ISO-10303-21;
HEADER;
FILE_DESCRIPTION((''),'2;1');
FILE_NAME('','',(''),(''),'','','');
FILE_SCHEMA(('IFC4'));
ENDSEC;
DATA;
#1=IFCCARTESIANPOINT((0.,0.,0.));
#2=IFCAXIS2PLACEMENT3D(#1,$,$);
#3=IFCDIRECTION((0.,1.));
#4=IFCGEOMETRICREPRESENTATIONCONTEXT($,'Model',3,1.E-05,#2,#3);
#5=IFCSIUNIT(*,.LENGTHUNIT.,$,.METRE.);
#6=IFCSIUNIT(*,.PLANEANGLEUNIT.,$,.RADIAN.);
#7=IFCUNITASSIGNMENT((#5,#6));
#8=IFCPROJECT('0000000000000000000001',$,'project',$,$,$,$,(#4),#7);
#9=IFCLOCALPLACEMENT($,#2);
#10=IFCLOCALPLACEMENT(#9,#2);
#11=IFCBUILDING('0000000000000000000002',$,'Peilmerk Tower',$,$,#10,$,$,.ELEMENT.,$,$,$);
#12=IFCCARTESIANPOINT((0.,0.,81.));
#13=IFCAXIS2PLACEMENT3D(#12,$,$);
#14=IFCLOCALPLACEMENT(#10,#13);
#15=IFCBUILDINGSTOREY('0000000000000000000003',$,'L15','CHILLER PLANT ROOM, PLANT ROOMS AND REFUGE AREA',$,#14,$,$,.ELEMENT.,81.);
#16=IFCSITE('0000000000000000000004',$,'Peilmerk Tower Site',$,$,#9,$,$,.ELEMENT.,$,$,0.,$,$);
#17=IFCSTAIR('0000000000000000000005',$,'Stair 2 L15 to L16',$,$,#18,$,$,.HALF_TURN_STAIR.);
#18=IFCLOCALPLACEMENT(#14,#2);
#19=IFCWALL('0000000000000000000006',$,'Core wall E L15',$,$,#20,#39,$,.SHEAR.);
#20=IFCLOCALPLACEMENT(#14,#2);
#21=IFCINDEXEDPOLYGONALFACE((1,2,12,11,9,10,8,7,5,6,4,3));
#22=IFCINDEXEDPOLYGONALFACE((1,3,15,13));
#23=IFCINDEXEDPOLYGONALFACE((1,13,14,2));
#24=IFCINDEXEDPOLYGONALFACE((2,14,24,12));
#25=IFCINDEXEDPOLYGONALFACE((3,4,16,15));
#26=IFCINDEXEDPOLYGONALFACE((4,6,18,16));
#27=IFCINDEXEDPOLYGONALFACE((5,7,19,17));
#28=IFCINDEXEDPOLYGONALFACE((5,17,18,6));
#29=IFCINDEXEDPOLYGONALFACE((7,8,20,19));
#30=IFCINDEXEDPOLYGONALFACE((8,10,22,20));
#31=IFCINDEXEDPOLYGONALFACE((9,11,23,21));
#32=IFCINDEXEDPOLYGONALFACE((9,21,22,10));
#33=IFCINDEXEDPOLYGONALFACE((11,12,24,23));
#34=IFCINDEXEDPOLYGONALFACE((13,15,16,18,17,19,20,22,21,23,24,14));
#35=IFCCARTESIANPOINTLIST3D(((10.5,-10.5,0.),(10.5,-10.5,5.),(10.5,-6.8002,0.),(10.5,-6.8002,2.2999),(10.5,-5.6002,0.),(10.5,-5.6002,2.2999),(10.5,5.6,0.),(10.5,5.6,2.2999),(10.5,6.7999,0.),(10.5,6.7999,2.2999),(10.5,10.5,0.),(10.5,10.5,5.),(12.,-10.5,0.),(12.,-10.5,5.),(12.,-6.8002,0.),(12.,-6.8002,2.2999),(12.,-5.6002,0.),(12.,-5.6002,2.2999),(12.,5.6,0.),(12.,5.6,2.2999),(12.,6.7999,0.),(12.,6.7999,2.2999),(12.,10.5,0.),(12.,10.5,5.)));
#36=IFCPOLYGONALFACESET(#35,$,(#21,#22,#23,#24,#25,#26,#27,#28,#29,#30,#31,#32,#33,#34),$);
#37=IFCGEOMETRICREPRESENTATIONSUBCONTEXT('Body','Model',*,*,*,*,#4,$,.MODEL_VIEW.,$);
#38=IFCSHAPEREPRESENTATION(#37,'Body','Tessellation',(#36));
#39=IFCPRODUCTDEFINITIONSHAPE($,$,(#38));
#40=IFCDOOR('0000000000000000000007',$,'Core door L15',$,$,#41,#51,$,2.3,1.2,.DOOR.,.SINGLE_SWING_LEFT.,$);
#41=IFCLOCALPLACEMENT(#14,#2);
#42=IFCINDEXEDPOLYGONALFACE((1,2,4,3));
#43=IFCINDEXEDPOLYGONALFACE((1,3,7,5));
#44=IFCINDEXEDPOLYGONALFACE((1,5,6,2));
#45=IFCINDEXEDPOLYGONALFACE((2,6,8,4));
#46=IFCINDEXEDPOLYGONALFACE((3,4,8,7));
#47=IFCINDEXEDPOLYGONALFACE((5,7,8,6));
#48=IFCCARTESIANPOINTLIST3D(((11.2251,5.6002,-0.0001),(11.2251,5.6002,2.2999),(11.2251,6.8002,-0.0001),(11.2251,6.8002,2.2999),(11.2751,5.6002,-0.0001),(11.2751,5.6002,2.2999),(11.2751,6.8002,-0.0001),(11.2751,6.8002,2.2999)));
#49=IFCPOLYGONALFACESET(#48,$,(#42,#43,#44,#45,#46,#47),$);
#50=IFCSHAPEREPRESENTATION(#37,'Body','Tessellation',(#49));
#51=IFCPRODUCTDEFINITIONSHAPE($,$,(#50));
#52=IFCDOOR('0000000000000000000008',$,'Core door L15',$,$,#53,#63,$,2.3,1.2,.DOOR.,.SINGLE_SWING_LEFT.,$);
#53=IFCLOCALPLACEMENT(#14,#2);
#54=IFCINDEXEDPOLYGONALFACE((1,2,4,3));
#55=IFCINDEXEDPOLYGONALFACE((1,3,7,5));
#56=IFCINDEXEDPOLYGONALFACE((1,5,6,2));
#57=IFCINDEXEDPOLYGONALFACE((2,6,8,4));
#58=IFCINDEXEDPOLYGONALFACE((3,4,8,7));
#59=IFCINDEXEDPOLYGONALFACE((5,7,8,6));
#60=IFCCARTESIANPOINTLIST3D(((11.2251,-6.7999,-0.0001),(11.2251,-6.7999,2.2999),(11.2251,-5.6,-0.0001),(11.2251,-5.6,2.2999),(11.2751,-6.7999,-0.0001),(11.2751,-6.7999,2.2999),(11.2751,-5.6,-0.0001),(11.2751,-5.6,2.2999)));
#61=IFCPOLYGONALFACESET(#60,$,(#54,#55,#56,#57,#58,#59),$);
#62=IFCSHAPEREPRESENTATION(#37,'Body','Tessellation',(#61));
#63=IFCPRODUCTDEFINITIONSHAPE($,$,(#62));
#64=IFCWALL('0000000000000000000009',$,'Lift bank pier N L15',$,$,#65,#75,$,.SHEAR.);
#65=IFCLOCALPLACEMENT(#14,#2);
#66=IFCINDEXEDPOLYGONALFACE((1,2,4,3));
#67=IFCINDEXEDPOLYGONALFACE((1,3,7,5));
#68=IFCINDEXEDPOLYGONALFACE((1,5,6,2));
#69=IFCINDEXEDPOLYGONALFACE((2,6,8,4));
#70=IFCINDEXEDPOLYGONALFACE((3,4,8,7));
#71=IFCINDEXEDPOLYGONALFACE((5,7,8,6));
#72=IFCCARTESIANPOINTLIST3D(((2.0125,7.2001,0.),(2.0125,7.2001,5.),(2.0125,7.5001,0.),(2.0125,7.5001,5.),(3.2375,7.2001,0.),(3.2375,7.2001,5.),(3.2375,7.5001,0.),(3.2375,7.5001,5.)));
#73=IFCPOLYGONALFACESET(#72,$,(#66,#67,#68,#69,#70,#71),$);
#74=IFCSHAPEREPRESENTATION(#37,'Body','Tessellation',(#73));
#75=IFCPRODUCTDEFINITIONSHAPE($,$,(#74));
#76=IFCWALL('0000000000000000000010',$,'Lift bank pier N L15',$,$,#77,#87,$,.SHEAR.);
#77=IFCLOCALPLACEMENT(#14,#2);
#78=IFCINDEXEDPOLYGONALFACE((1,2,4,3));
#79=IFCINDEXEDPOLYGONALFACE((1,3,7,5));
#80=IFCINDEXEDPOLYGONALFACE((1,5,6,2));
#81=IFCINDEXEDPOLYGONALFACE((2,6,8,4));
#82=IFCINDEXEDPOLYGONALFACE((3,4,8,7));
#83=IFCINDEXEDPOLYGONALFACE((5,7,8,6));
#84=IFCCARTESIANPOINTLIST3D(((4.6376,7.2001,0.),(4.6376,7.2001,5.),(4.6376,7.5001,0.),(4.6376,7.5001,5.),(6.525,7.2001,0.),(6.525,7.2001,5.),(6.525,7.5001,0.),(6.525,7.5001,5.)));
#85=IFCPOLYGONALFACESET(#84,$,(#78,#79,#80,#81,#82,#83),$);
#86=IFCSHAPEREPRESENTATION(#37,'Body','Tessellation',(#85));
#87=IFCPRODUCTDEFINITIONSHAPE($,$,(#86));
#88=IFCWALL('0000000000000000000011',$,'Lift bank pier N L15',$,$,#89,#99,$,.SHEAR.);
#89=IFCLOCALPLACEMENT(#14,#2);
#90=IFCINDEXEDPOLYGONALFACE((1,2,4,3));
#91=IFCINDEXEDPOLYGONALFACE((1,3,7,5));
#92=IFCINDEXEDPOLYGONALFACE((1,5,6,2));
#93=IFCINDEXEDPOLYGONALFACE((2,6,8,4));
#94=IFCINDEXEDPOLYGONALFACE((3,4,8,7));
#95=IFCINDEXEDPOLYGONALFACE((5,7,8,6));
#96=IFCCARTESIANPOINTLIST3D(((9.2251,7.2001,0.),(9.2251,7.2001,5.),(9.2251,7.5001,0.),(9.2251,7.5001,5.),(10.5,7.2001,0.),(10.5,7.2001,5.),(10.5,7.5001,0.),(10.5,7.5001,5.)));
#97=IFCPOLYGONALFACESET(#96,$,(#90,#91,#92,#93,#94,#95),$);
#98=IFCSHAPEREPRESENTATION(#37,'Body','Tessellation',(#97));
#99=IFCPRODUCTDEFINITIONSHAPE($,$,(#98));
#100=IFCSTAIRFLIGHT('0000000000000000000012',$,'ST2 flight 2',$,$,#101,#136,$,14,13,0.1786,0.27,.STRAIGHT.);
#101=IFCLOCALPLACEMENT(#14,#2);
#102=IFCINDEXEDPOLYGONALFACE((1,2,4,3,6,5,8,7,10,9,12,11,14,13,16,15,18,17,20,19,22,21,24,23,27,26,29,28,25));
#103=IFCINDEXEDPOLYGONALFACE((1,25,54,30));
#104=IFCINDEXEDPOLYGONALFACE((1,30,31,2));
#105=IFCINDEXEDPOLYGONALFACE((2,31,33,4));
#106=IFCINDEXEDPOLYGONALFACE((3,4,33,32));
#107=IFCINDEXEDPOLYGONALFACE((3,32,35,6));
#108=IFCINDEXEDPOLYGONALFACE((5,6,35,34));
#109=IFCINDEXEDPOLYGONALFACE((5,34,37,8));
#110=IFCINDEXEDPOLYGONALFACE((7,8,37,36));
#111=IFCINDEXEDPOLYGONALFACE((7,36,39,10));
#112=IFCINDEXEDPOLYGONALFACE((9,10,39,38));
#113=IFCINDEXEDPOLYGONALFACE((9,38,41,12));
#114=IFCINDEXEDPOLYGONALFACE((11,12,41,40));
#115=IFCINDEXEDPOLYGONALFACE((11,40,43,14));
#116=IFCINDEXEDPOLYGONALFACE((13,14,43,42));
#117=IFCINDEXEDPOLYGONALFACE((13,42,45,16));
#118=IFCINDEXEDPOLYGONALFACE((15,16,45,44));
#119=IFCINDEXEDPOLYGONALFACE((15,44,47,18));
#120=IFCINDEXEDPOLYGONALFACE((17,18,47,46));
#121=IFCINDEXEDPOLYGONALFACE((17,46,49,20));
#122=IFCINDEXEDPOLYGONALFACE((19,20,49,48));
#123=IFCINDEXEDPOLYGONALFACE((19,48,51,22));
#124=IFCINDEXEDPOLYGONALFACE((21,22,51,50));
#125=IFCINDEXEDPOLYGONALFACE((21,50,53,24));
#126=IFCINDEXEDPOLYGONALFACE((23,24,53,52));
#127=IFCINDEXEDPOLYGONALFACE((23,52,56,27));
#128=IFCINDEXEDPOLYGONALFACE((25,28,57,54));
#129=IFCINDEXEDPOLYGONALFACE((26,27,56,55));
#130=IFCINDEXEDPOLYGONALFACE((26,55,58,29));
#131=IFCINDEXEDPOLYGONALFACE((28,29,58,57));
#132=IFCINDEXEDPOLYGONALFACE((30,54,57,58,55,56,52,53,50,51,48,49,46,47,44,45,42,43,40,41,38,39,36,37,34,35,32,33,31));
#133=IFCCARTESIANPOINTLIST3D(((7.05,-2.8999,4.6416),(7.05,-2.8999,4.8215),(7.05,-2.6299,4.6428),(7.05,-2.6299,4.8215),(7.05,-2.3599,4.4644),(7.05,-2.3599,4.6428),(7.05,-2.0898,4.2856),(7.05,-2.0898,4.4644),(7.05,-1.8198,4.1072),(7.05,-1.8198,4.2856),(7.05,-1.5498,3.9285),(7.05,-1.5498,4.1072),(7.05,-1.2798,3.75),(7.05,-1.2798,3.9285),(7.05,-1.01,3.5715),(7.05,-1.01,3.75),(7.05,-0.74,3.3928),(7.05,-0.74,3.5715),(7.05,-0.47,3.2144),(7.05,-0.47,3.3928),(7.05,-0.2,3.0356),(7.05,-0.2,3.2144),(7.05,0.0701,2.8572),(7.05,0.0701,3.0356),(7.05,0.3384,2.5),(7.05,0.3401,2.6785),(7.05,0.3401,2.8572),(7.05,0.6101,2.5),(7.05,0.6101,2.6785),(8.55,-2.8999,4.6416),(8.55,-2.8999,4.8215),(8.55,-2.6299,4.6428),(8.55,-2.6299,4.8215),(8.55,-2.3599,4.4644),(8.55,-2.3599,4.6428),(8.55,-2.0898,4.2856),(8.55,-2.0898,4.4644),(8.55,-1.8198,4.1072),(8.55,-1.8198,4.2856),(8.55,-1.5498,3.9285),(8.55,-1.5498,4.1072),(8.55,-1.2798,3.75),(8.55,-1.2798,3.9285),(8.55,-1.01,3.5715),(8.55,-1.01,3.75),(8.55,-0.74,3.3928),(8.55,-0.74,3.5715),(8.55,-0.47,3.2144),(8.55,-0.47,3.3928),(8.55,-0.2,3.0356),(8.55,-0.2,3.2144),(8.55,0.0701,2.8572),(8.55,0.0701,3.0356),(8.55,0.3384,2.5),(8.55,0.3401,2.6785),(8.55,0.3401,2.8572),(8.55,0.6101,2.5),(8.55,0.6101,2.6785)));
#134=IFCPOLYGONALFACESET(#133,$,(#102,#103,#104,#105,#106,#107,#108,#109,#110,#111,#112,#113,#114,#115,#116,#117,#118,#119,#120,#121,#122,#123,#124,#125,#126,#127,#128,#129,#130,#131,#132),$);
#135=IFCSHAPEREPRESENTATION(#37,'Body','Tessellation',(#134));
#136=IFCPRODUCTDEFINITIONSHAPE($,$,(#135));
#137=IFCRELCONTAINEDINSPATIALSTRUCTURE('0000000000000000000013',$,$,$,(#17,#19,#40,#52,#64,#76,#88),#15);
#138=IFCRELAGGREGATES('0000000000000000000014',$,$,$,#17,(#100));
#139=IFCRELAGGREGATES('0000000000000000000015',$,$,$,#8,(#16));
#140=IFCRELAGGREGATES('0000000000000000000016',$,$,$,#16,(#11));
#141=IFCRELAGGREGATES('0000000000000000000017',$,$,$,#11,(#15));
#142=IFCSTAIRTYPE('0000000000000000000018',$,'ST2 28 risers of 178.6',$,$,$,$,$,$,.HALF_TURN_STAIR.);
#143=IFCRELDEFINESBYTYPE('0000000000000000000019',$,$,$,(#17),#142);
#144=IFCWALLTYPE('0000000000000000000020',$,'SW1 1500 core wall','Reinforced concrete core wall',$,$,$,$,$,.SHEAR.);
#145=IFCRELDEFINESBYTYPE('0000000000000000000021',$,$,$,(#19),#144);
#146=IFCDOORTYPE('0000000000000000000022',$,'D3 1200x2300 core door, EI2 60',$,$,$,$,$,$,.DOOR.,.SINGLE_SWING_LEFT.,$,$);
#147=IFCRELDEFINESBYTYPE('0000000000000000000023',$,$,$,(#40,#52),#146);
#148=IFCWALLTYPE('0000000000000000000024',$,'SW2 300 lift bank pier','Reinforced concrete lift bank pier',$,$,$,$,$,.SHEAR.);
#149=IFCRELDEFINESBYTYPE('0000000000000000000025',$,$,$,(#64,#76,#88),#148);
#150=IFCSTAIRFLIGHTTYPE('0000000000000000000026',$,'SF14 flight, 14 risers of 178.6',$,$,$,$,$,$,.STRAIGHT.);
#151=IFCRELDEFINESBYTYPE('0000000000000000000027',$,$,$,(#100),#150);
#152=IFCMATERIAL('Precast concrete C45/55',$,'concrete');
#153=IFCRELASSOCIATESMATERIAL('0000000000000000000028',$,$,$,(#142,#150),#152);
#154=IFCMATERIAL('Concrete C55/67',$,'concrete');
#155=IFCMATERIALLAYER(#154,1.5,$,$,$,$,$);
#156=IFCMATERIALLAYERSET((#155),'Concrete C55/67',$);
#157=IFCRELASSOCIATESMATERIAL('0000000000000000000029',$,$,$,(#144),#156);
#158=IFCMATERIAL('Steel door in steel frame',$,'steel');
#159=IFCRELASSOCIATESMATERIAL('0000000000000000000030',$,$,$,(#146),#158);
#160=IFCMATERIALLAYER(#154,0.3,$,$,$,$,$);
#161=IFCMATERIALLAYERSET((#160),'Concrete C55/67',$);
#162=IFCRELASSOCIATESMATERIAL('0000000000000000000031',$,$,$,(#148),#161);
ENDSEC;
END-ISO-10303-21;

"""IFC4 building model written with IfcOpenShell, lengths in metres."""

from ifc_helpers import new_model, si_unit, direction, frame, frame_2d, origin, place, context, subcontext, project, spatial, polyline, rectangle, outline, extrude, material, layer, layer_set, type_object, element, fill, aggregate, save


model = new_model("IFC4")

# Units and contexts
model_context = context("Model", 3, precision=1e-05, world=origin(), true_north=direction((0.0, 1.0)))
body_context = subcontext(model_context, "Body", "Model", "MODEL_VIEW")
ifc_project = project(units=[si_unit("LENGTHUNIT", "METRE"), si_unit("PLANEANGLEUNIT", "RADIAN")], contexts=[model_context])

# Site, building, storey
site_placement = place(None, origin())
site = spatial("IfcSite", under=ifc_project, at=site_placement, Name="Peilmerk Tower Site", CompositionType="ELEMENT", RefElevation=0.0)
building_placement = place(site_placement, origin())
building = spatial("IfcBuilding", under=site, at=building_placement, Name="Peilmerk Tower", CompositionType="ELEMENT")
storey_placement = place(building_placement, frame((0.0, 0.0, 81.0)))
storey = spatial("IfcBuildingStorey", under=building, at=storey_placement, Name="L15", Description="CHILLER PLANT ROOM, PLANT ROOMS AND REFUGE AREA", CompositionType="ELEMENT", Elevation=81.0)

# Stair
ifc_material_1 = material(Name="Precast concrete C45/55", Category="concrete")
stair_type_1 = type_object("IfcStairType", Name="ST2 28 risers of 178.6", PredefinedType="HALF_TURN_STAIR", material=ifc_material_1)
stair_1_placement = place(storey_placement, origin())
stair_1 = element("IfcStair", 1, at=stair_1_placement, inside=storey, type_object=stair_type_1, Name="Stair 2 L15 to L16", PredefinedType="HALF_TURN_STAIR")

# Shared definitions
ifc_material_2 = material(Name="Steel door in steel frame", Category="steel")

# Wall, openings, doors
ifc_material_3 = material(Name="Concrete C55/67", Category="concrete")
ifc_layer_1 = layer(ifc_material_3, 1.5)
ifc_layer_set_1 = layer_set([ifc_layer_1], Name="Concrete C55/67")
wall_type_1 = type_object("IfcWallType", Name="SW1 1500 core wall", Description="Reinforced concrete core wall", PredefinedType="SHEAR", material=ifc_layer_set_1)
wall_1_placement = place(storey_placement, frame((11.25, 10.5, 0.0), z_axis=(0.0, 0.0, 1.0), x_axis=(0.0, -1.0, 0.0)))
wall_1 = element("IfcWall", 2, at=wall_1_placement, inside=storey, type_object=wall_type_1, Name="Core wall E L15", PredefinedType="SHEAR", context=body_context, shape_type="SweptSolid", body=[
    extrude(rectangle(XDim=21.0, YDim=1.5, at=frame_2d((10.5, 0.0))), origin(), (0.0, 0.0, 1.0), 5.0),
])
opening_1_placement = place(wall_1_placement, frame((3.7, 0.0, 0.0)))
opening_1 = element("IfcOpeningElement", 3, at=opening_1_placement, cuts=wall_1, PredefinedType="OPENING", context=body_context, shape_type="SweptSolid", body=[
    extrude(rectangle(XDim=1.2, YDim=2.3, at=frame_2d((0.6001, 1.1499))), frame((0.0, 0.76, 0.0), z_axis=(0.0, -1.0, 0.0), x_axis=(1.0, 0.0, 0.0)), (0.0, 0.0, 1.0), 1.52),
])
opening_2_placement = place(wall_1_placement, frame((16.1001, 0.0, 0.0)))
opening_2 = element("IfcOpeningElement", 4, at=opening_2_placement, cuts=wall_1, PredefinedType="OPENING", context=body_context, shape_type="SweptSolid", body=[
    extrude(rectangle(XDim=1.2, YDim=2.3, at=frame_2d((0.6001, 1.1499))), frame((0.0, 0.76, 0.0), z_axis=(0.0, -1.0, 0.0), x_axis=(1.0, 0.0, 0.0)), (0.0, 0.0, 1.0), 1.52),
])
door_type_1 = type_object("IfcDoorType", Name="D3 1200x2300 core door, EI2 60", OperationType="SINGLE_SWING_LEFT", PredefinedType="DOOR", material=ifc_material_2)
door_1_placement = place(opening_1_placement, frame((1.2, 0.0, 0.0), z_axis=(0.0, 0.0, 1.0), x_axis=(-1.0, 0.0, 0.0)))
door_1 = element("IfcDoor", 5, at=door_1_placement, inside=storey, type_object=door_type_1, Name="Core door L15", OperationType="SINGLE_SWING_LEFT", OverallHeight=2.3, OverallWidth=1.2, PredefinedType="DOOR", context=body_context, shape_type="SweptSolid", body=[
    extrude(rectangle(XDim=1.2, YDim=2.3, at=frame_2d((0.6001, 1.1499))), frame((0.0, 0.0249, 0.0), z_axis=(0.0, -1.0, 0.0), x_axis=(1.0, 0.0, 0.0)), (0.0, 0.0, 1.0), 0.05),
])
fill(opening_1, door_1)
door_2_placement = place(opening_2_placement, frame((1.2, 0.0, 0.0), z_axis=(0.0, 0.0, 1.0), x_axis=(-1.0, 0.0, 0.0)))
door_2 = element("IfcDoor", 6, at=door_2_placement, inside=storey, type_object=door_type_1, Name="Core door L15", OperationType="SINGLE_SWING_LEFT", OverallHeight=2.3, OverallWidth=1.2, PredefinedType="DOOR", context=body_context, shape_type="SweptSolid", body=[
    extrude(rectangle(XDim=1.2, YDim=2.3, at=frame_2d((0.6001, 1.1499))), frame((0.0, 0.0249, 0.0), z_axis=(0.0, -1.0, 0.0), x_axis=(1.0, 0.0, 0.0)), (0.0, 0.0, 1.0), 0.05),
])
fill(opening_2, door_2)

# Walls
ifc_layer_2 = layer(ifc_material_3, 0.3)
ifc_layer_set_2 = layer_set([ifc_layer_2], Name="Concrete C55/67")
wall_type_2 = type_object("IfcWallType", Name="SW2 300 lift bank pier", Description="Reinforced concrete lift bank pier", PredefinedType="SHEAR", material=ifc_layer_set_2)
wall_2_placement = place(storey_placement, frame((2.0125, 7.3501, 0.0), z_axis=(0.0, 0.0, 1.0), x_axis=(1.0, 0.0, 0.0)))
element("IfcWall", 7, at=wall_2_placement, inside=storey, type_object=wall_type_2, Name="Lift bank pier N L15", PredefinedType="SHEAR", context=body_context, shape_type="SweptSolid", body=[
    extrude(rectangle(XDim=1.2251, YDim=0.3, at=frame_2d((0.6125, 0.0))), origin(), (0.0, 0.0, 1.0), 5.0),
])
wall_3_placement = place(storey_placement, frame((4.6375, 7.3501, 0.0), z_axis=(0.0, 0.0, 1.0), x_axis=(1.0, 0.0, 0.0)))
element("IfcWall", 8, at=wall_3_placement, inside=storey, type_object=wall_type_2, Name="Lift bank pier N L15", PredefinedType="SHEAR", context=body_context, shape_type="SweptSolid", body=[
    extrude(rectangle(XDim=1.8875, YDim=0.3, at=frame_2d((0.9438, 0.0))), origin(), (0.0, 0.0, 1.0), 5.0),
])
wall_4_placement = place(storey_placement, frame((9.2251, 7.3501, 0.0), z_axis=(0.0, 0.0, 1.0), x_axis=(1.0, 0.0, 0.0)))
element("IfcWall", 9, at=wall_4_placement, inside=storey, type_object=wall_type_2, Name="Lift bank pier N L15", PredefinedType="SHEAR", context=body_context, shape_type="SweptSolid", body=[
    extrude(rectangle(XDim=1.2749, YDim=0.3, at=frame_2d((0.6375, 0.0))), origin(), (0.0, 0.0, 1.0), 5.0),
])

# Stair flight
stair_flight_type = type_object("IfcStairFlightType", Name="SF14 flight, 14 risers of 178.6", PredefinedType="STRAIGHT", material=ifc_material_1)
stair_flight_placement = place(storey_placement, frame((7.8, 0.6101, 2.5), z_axis=(0.0, 0.0, 1.0), x_axis=(0.0, -1.0, 0.0)))
stair_flight = element("IfcStairFlight", 10, at=stair_flight_placement, type_object=stair_flight_type, Name="ST2 flight 2", NumberOfRisers=14, NumberOfTreads=13, PredefinedType="STRAIGHT", RiserHeight=0.1786, TreadLength=0.27, context=body_context, shape_type="SweptSolid", body=[
    extrude(outline(polyline([(0.0, 0.0), (0.0, 0.1785), (0.27, 0.1785), (0.27, 0.3572), (0.54, 0.3572), (0.54, 0.5356), (0.8101, 0.5356), (0.8101, 0.7144), (1.0801, 0.7144), (1.0801, 0.8928), (1.3501, 0.8928), (1.3501, 1.0715), (1.6201, 1.0715), (1.6201, 1.25), (1.8899, 1.25), (1.8899, 1.4285), (2.1599, 1.4285), (2.1599, 1.6072), (2.4299, 1.6072), (2.4299, 1.7856), (2.7, 1.7856), (2.7, 1.9644), (2.97, 1.9644), (2.97, 2.1428), (3.24, 2.1428), (3.24, 2.3215), (3.51, 2.3215), (3.51, 2.5), (3.51, 2.1416), (0.2717, 0.0), (0.0, 0.0)])), frame((0.0, 0.75, 0.0), z_axis=(0.0, -1.0, 0.0), x_axis=(1.0, 0.0, 0.0)), (0.0, 0.0, 1.0), 1.5),
])
aggregate(stair_1, [stair_flight])

save(model, "model.ifc")
